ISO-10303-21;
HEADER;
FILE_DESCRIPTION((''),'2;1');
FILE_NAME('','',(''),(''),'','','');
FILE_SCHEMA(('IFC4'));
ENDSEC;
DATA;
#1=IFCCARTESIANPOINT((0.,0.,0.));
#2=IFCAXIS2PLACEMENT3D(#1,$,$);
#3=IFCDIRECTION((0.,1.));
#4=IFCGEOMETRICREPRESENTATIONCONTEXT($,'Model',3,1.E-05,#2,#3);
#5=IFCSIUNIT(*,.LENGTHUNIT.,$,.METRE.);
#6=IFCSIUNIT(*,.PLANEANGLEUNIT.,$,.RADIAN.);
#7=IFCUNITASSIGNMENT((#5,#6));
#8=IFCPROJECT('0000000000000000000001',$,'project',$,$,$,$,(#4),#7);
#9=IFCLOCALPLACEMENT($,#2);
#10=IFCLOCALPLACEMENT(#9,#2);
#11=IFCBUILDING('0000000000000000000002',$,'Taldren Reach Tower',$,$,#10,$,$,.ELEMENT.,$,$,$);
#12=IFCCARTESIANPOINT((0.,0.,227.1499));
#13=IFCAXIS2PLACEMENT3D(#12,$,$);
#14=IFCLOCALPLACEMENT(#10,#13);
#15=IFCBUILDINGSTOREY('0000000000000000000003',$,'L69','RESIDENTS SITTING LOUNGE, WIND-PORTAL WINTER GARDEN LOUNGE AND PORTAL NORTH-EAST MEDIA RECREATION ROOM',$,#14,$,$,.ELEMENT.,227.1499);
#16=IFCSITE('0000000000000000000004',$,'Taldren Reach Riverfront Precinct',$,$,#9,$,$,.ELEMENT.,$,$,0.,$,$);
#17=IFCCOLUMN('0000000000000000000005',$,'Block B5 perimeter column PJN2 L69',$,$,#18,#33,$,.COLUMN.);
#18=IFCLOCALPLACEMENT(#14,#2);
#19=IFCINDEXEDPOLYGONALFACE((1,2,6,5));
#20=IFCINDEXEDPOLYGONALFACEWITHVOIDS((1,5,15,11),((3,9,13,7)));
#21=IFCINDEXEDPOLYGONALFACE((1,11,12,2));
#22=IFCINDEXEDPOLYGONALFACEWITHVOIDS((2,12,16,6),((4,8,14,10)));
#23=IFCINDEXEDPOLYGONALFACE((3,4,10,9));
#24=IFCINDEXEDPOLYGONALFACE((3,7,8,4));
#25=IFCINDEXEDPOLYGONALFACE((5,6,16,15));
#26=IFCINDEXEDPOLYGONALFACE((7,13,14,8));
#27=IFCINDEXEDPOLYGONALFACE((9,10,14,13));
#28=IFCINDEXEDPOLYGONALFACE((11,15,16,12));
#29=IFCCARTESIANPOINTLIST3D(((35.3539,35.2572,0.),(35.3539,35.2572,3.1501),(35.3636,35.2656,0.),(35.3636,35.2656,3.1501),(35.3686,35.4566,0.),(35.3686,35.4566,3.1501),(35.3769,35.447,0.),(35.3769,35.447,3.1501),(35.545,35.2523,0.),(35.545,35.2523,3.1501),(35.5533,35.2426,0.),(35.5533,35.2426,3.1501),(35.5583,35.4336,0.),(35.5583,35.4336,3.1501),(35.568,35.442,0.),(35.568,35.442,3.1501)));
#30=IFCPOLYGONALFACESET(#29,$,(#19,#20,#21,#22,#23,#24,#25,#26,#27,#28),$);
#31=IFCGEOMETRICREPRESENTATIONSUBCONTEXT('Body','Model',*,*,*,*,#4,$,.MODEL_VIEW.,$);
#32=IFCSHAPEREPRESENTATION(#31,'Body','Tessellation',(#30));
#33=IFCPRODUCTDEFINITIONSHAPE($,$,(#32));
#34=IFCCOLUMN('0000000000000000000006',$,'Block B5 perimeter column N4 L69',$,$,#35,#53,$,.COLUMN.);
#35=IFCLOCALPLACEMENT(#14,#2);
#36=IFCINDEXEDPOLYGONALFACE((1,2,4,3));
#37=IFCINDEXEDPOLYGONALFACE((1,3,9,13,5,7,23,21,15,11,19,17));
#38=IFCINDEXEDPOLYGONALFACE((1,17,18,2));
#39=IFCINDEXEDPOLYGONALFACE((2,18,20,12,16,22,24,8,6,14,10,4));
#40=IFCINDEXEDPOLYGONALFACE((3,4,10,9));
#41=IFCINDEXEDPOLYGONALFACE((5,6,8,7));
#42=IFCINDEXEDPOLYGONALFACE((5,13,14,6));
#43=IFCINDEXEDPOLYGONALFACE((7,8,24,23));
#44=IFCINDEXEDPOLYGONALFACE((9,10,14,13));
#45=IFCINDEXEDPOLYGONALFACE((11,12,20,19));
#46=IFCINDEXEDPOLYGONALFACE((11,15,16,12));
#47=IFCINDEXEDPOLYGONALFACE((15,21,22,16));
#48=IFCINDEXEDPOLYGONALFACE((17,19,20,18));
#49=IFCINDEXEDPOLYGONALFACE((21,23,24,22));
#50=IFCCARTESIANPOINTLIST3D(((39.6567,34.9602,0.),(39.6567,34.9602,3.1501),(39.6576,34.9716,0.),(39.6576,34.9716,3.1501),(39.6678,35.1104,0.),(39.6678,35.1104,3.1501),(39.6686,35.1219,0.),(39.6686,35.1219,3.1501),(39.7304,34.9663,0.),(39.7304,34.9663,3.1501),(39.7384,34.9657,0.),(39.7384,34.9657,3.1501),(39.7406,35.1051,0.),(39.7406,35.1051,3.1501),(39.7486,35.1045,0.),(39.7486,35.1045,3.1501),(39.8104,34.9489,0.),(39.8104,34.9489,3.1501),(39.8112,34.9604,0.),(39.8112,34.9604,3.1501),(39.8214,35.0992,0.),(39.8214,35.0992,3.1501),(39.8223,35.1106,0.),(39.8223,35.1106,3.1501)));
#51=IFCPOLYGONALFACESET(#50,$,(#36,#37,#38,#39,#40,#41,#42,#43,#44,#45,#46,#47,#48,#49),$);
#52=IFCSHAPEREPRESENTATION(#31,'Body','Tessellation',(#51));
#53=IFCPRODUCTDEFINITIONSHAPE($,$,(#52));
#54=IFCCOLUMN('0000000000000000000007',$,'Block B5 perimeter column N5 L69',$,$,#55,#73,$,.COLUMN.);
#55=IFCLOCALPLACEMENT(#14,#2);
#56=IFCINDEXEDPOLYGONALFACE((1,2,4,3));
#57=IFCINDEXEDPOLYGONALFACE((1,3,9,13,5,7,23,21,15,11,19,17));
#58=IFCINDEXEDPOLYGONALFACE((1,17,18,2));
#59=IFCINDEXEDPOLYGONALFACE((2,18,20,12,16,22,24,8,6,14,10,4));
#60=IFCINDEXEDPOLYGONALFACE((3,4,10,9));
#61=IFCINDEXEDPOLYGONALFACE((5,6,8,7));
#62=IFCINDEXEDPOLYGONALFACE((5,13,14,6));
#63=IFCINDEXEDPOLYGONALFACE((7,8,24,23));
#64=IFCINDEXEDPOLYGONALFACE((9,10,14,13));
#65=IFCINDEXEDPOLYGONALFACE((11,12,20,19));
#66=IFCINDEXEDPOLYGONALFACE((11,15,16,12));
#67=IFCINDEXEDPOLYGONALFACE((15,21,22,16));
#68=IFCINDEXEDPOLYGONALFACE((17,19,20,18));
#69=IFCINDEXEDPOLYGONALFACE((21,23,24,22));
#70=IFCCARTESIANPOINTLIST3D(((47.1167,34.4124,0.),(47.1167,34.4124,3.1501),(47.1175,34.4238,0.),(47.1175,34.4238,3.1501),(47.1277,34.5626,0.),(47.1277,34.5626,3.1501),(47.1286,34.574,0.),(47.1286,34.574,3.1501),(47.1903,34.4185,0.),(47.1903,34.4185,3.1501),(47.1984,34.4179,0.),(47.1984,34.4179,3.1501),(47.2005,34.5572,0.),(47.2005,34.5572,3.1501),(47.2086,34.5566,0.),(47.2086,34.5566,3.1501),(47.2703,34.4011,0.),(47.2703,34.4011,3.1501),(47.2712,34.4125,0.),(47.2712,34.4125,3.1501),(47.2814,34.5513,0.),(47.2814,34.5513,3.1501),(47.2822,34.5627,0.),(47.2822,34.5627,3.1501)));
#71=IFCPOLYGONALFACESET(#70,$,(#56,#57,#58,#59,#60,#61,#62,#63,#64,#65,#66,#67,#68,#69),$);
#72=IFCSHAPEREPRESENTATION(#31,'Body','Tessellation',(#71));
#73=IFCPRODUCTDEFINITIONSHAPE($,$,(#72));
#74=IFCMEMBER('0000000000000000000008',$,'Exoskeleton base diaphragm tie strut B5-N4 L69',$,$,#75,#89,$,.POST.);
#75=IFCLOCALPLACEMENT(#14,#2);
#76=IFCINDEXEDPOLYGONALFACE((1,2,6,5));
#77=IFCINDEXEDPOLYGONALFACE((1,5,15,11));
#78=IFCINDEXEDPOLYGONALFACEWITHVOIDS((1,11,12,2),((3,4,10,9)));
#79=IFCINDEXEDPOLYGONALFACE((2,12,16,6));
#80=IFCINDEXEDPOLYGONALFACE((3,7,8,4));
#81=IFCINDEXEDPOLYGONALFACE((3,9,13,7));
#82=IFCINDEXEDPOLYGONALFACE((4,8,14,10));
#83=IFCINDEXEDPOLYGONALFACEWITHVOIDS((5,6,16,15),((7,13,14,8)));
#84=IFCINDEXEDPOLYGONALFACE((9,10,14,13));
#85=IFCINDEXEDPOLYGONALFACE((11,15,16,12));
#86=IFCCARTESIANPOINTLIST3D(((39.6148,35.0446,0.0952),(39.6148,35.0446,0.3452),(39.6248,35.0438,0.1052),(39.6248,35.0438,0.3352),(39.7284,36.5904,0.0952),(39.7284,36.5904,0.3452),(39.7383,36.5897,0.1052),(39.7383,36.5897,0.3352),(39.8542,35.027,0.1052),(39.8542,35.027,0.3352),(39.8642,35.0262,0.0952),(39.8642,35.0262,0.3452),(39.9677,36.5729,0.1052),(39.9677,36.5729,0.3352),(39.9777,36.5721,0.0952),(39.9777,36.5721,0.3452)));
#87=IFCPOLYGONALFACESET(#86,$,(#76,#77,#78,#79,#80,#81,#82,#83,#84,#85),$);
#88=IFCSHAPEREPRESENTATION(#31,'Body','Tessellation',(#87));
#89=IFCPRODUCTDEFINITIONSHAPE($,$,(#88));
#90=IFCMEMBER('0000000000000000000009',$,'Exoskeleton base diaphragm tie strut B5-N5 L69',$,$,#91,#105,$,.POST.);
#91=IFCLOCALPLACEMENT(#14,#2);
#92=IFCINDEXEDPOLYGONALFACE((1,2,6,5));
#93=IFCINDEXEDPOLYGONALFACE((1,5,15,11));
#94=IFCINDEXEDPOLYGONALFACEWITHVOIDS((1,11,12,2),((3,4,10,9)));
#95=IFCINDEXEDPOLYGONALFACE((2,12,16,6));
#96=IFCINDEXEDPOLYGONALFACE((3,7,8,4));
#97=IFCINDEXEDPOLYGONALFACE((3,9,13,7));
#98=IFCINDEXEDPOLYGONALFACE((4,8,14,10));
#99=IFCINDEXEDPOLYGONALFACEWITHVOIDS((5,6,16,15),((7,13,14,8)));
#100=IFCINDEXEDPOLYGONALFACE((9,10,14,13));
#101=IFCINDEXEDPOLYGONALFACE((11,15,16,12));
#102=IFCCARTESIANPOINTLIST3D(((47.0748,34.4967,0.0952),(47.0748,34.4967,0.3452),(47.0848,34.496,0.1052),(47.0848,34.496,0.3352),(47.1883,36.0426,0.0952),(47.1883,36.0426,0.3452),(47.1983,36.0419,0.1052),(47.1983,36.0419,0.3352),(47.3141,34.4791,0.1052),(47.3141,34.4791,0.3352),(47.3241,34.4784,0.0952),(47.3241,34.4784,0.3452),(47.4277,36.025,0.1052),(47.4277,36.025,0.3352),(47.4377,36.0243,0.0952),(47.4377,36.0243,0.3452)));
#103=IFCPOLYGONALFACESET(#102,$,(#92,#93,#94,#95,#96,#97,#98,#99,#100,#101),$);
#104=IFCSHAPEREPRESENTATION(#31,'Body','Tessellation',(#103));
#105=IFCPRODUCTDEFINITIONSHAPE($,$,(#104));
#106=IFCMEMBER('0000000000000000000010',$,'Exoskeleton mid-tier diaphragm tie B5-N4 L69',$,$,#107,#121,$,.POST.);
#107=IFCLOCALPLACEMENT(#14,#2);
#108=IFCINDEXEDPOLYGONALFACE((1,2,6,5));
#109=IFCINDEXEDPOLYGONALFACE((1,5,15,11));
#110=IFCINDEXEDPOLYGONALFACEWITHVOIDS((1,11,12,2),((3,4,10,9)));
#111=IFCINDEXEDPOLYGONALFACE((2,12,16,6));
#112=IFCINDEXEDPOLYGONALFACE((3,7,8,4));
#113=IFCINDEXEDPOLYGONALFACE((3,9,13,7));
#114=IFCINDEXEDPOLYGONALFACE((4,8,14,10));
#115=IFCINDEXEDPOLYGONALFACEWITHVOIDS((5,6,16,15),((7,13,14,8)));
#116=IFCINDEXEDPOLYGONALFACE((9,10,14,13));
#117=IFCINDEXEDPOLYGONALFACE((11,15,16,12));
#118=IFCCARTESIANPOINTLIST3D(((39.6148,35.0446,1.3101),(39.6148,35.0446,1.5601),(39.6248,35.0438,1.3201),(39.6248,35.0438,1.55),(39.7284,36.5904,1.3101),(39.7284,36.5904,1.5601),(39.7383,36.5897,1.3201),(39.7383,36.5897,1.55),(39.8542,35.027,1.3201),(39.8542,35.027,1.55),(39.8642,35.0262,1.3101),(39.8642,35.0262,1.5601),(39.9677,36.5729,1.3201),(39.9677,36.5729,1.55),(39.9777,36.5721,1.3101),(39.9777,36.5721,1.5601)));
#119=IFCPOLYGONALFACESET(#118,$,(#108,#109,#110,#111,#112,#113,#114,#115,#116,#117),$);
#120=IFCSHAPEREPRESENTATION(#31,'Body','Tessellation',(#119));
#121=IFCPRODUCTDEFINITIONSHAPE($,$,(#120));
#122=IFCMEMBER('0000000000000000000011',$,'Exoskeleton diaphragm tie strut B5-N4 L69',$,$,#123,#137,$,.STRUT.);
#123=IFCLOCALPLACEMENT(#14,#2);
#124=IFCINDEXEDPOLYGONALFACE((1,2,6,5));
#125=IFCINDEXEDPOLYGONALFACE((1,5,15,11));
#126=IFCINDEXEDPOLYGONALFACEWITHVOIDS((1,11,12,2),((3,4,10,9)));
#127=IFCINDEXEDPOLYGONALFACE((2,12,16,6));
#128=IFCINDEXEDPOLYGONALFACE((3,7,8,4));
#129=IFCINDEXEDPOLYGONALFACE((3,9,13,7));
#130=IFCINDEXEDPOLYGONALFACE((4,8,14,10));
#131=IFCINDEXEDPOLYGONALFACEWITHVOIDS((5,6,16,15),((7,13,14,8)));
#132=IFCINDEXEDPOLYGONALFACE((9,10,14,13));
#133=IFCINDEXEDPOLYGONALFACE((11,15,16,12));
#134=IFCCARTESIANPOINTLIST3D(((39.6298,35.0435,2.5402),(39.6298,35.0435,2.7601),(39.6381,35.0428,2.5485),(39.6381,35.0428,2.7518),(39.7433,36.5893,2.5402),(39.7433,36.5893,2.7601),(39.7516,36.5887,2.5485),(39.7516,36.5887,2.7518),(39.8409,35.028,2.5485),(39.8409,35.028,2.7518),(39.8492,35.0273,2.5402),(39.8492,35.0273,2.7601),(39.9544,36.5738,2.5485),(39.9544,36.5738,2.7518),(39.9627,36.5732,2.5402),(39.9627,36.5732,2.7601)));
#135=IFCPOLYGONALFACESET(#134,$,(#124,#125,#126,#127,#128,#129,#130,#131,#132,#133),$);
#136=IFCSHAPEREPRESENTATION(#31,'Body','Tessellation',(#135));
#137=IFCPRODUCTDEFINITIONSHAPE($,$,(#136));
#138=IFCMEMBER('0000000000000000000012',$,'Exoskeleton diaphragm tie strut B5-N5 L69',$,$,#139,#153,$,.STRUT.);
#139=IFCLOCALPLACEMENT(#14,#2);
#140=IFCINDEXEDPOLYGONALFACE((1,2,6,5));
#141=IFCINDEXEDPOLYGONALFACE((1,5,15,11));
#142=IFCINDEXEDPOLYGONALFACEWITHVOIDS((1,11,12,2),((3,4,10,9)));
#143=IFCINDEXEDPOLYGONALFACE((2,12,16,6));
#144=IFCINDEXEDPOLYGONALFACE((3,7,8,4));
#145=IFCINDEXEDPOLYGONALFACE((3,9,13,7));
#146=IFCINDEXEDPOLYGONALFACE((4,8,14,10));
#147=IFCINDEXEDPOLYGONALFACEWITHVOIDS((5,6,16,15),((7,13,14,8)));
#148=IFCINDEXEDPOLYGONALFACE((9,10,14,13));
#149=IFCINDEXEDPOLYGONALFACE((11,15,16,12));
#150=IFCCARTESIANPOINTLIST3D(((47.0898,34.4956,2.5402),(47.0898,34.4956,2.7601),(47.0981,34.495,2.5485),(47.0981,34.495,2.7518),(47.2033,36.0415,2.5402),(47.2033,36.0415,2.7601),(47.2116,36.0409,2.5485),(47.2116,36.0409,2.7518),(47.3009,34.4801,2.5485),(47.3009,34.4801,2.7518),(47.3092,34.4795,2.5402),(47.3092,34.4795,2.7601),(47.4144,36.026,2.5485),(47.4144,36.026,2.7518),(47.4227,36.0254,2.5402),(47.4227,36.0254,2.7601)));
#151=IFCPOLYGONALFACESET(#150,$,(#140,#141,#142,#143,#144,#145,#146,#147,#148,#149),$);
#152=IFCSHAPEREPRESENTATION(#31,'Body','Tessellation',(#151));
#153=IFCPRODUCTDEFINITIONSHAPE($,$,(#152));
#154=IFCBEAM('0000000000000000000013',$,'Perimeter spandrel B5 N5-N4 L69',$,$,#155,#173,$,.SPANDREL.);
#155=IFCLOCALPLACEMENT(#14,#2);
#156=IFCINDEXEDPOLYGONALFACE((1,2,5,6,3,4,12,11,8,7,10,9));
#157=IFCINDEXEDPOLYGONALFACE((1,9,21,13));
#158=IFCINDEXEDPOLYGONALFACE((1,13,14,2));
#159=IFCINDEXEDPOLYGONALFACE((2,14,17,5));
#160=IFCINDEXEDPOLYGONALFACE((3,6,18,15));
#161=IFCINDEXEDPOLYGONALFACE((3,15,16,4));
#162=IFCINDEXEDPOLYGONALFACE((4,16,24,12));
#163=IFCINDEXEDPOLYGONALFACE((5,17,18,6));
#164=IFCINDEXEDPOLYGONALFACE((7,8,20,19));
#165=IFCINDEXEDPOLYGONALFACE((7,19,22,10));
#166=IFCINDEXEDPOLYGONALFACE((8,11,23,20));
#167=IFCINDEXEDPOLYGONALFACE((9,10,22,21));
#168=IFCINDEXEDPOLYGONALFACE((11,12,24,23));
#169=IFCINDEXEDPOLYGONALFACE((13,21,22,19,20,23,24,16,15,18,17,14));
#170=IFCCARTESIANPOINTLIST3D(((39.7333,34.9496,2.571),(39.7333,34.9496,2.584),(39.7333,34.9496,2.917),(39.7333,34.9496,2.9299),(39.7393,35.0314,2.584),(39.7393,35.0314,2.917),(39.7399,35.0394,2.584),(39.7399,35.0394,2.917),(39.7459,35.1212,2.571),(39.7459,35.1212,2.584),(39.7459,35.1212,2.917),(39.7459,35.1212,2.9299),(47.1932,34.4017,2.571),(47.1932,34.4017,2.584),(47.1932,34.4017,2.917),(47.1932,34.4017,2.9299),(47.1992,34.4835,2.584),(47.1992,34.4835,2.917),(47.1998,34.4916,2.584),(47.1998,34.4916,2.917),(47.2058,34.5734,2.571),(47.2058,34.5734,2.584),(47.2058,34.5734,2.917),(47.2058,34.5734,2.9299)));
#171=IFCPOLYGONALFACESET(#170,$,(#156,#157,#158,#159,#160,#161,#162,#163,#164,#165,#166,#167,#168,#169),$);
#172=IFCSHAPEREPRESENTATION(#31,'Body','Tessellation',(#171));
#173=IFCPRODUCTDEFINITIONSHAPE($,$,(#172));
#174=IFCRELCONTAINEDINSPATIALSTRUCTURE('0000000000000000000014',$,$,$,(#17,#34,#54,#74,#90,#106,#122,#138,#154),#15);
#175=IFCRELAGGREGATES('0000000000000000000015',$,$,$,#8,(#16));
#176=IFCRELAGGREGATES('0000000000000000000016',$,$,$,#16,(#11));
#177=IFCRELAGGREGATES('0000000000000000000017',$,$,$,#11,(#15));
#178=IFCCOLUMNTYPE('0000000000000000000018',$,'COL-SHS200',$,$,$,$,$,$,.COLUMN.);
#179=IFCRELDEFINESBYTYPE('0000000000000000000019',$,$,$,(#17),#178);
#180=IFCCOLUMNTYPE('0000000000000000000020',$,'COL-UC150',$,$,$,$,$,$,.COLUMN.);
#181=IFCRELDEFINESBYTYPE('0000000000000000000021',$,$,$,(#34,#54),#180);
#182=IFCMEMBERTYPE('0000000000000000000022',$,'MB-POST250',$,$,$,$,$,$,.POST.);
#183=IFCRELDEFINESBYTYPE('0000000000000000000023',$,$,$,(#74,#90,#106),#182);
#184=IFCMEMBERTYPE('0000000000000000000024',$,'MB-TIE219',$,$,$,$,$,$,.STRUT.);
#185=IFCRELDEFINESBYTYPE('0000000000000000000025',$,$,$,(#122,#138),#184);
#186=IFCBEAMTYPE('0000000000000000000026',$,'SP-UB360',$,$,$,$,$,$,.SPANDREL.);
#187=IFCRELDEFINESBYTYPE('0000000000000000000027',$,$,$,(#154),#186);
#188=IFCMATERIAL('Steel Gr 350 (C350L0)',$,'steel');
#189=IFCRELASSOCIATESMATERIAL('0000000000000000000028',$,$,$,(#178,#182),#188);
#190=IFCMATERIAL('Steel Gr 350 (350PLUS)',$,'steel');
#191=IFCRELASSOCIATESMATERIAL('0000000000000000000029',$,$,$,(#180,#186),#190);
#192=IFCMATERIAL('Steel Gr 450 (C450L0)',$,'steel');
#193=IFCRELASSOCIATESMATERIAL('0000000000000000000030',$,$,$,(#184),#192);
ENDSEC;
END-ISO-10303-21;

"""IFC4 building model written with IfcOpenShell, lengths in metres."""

from ifc_helpers import new_model, si_unit, direction, frame, origin, origin_2d, place, context, subcontext, project, spatial, hollow_rectangle, i_section, extrude, source, transform, mapped, material, material_profile, profile_set, type_object, element, save


model = new_model("IFC4")

# Units and contexts
model_context = context("Model", 3, precision=1e-05, world=origin(), true_north=direction((0.0, 1.0)))
body_context = subcontext(model_context, "Body", "Model", "MODEL_VIEW")
ifc_project = project(units=[si_unit("LENGTHUNIT", "METRE"), si_unit("PLANEANGLEUNIT", "RADIAN")], contexts=[model_context])

# Site, building, storey
site_placement = place(None, origin())
site = spatial("IfcSite", under=ifc_project, at=site_placement, Name="Taldren Reach Riverfront Precinct", CompositionType="ELEMENT", RefElevation=0.0)
building_placement = place(site_placement, origin())
building = spatial("IfcBuilding", under=site, at=building_placement, Name="Taldren Reach Tower", CompositionType="ELEMENT")
storey_placement = place(building_placement, frame((0.0, 0.0, 227.1499)))
storey = spatial("IfcBuildingStorey", under=building, at=storey_placement, Name="L69", Description="RESIDENTS SITTING LOUNGE, WIND-PORTAL WINTER GARDEN LOUNGE AND PORTAL NORTH-EAST MEDIA RECREATION ROOM", CompositionType="ELEMENT", Elevation=227.1499)

# Columns
ifc_material_1 = material(Name="Steel Gr 350 (C350L0)", Category="steel")
ifc_material_profile_1 = material_profile(ifc_material_1, hollow_rectangle(XDim=0.2, YDim=0.2, WallThickness=0.009, at=origin_2d()), Name="200x200x9.0SHS")
ifc_profile_set_1 = profile_set([ifc_material_profile_1], Name="Steel Gr 350 (C350L0)")
column_type_1 = type_object("IfcColumnType", Name="COL-SHS200", PredefinedType="COLUMN", material=ifc_profile_set_1)
shared_shape_1 = source(origin(), body_context, "Body", "SweptSolid", [
    extrude(hollow_rectangle(XDim=0.2, YDim=0.2, WallThickness=0.009, at=origin_2d()), origin(), (0.0, 0.0, 1.0), 3.1501),
])
column_placement = place(storey_placement, frame((35.4609, 35.3496, 0.0), z_axis=(0.0, 0.0, 1.0), x_axis=(0.997314, -0.073238, 0.0)))
element("IfcColumn", 1, at=column_placement, inside=storey, type_object=column_type_1, Name="Block B5 perimeter column PJN2 L69", PredefinedType="COLUMN", context=body_context, shape_type="MappedRepresentation", body=[
    mapped(shared_shape_1, transform((0.0, 0.0, 0.0), scale=1.0)),
])
ifc_material_2 = material(Name="Steel Gr 350 (350PLUS)", Category="steel")
ifc_material_profile_2 = material_profile(ifc_material_2, i_section(OverallWidth=0.1541, OverallDepth=0.1621, WebThickness=0.0081, FlangeThickness=0.0115, at=origin_2d()), Name="150UC37.2")
ifc_profile_set_2 = profile_set([ifc_material_profile_2], Name="Steel Gr 350 (350PLUS)")
column_type_2 = type_object("IfcColumnType", Name="COL-UC150", PredefinedType="COLUMN", material=ifc_profile_set_2)
shared_shape_2 = source(origin(), body_context, "Body", "SweptSolid", [
    extrude(i_section(OverallWidth=0.1541, OverallDepth=0.1621, WebThickness=0.0081, FlangeThickness=0.0115, at=origin_2d()), origin(), (0.0, 0.0, 1.0), 3.1501),
])
for number, where, z_axis, x_axis, name in (
    (2, (39.7395, 35.0354, 0.0), (0.0, 0.0, 1.0), (0.997314, -0.073238, 0.0), "Block B5 perimeter column N4 L69"),
    (3, (47.1995, 34.4875, 0.0), (0.0, 0.0, 1.0), (0.997314, -0.073238, 0.0), "Block B5 perimeter column N5 L69"),
):
    element("IfcColumn", number, at=place(storey_placement, frame(where, z_axis=z_axis, x_axis=x_axis)), inside=storey, type_object=column_type_2, Name=name, PredefinedType="COLUMN", context=body_context, shape_type="MappedRepresentation", body=[
        mapped(shared_shape_2, transform((0.0, 0.0, 0.0), scale=1.0)),
    ])

# Members
ifc_material_profile_3 = material_profile(ifc_material_1, hollow_rectangle(XDim=0.25, YDim=0.25, WallThickness=0.01, at=origin_2d()), Name="250x250x10.0SHS")
ifc_profile_set_3 = profile_set([ifc_material_profile_3], Name="Steel Gr 350 (C350L0)")
member_type_1 = type_object("IfcMemberType", Name="MB-POST250", PredefinedType="POST", material=ifc_profile_set_3)
shared_shape_3 = source(origin(), body_context, "Body", "SweptSolid", [
    extrude(hollow_rectangle(XDim=0.25, YDim=0.25, WallThickness=0.01, at=origin_2d()), origin(), (0.0, 0.0, 1.0), 1.55),
])
for number, where, z_axis, x_axis, name in (
    (4, (39.7395, 35.0354, 0.2202), (0.073239, 0.997314, 0.0), (-0.997314, 0.073239, 0.0), "Exoskeleton base diaphragm tie strut B5-N4 L69"),
    (5, (47.1995, 34.4875, 0.2202), (0.073239, 0.997314, 0.0), (-0.997314, 0.073239, 0.0), "Exoskeleton base diaphragm tie strut B5-N5 L69"),
    (6, (39.7395, 35.0354, 1.4351), (0.073239, 0.997314, 0.0), (-0.997314, 0.073239, 0.0), "Exoskeleton mid-tier diaphragm tie B5-N4 L69"),
):
    element("IfcMember", number, at=place(storey_placement, frame(where, z_axis=z_axis, x_axis=x_axis)), inside=storey, type_object=member_type_1, Name=name, PredefinedType="POST", context=body_context, shape_type="MappedRepresentation", body=[
        mapped(shared_shape_3, transform((0.0, 0.0, 0.0), scale=1.0)),
    ])
ifc_material_3 = material(Name="Steel Gr 450 (C450L0)", Category="steel")
ifc_material_profile_4 = material_profile(ifc_material_3, hollow_rectangle(XDim=0.22, YDim=0.22, WallThickness=0.0083, at=origin_2d()), Name="220x220x8.2SHS")
ifc_profile_set_4 = profile_set([ifc_material_profile_4], Name="Steel Gr 450 (C450L0)")
member_type_2 = type_object("IfcMemberType", Name="MB-TIE219", PredefinedType="STRUT", material=ifc_profile_set_4)
shared_shape_4 = source(origin(), body_context, "Body", "SweptSolid", [
    extrude(hollow_rectangle(XDim=0.22, YDim=0.22, WallThickness=0.0083, at=origin_2d()), origin(), (0.0, 0.0, 1.0), 1.55),
])
for number, where, z_axis, x_axis, name in (
    (7, (39.7395, 35.0354, 2.6501), (0.073239, 0.997314, 0.0), (-0.997314, 0.073239, 0.0), "Exoskeleton diaphragm tie strut B5-N4 L69"),
    (8, (47.1995, 34.4875, 2.6501), (0.073239, 0.997314, 0.0), (-0.997314, 0.073239, 0.0), "Exoskeleton diaphragm tie strut B5-N5 L69"),
):
    element("IfcMember", number, at=place(storey_placement, frame(where, z_axis=z_axis, x_axis=x_axis)), inside=storey, type_object=member_type_2, Name=name, PredefinedType="STRUT", context=body_context, shape_type="MappedRepresentation", body=[
        mapped(shared_shape_4, transform((0.0, 0.0, 0.0), scale=1.0)),
    ])

# Beam
ifc_material_profile_5 = material_profile(ifc_material_2, i_section(OverallWidth=0.1721, OverallDepth=0.3589, WebThickness=0.0081, FlangeThickness=0.0129, at=origin_2d()), Name="360UB56.7")
ifc_profile_set_5 = profile_set([ifc_material_profile_5], Name="Steel Gr 350 (350PLUS)")
beam_type = type_object("IfcBeamType", Name="SP-UB360", PredefinedType="SPANDREL", material=ifc_profile_set_5)
shared_shape_5 = source(origin(), body_context, "Body", "SweptSolid", [
    extrude(i_section(OverallWidth=0.1721, OverallDepth=0.3589, WebThickness=0.0081, FlangeThickness=0.0129, at=origin_2d()), origin(), (0.0, 0.0, 1.0), 7.48),
])
beam_1_placement = place(storey_placement, frame((47.1995, 34.4875, 2.7505), z_axis=(-0.997314, 0.073242, 0.0), x_axis=(-0.073242, -0.997314, 0.0)))
element("IfcBeam", 9, at=beam_1_placement, inside=storey, type_object=beam_type, Name="Perimeter spandrel B5 N5-N4 L69", PredefinedType="SPANDREL", context=body_context, shape_type="MappedRepresentation", body=[
    mapped(shared_shape_5, transform((0.0, 0.0, 0.0), scale=1.0)),
])

save(model, "model.ifc")
